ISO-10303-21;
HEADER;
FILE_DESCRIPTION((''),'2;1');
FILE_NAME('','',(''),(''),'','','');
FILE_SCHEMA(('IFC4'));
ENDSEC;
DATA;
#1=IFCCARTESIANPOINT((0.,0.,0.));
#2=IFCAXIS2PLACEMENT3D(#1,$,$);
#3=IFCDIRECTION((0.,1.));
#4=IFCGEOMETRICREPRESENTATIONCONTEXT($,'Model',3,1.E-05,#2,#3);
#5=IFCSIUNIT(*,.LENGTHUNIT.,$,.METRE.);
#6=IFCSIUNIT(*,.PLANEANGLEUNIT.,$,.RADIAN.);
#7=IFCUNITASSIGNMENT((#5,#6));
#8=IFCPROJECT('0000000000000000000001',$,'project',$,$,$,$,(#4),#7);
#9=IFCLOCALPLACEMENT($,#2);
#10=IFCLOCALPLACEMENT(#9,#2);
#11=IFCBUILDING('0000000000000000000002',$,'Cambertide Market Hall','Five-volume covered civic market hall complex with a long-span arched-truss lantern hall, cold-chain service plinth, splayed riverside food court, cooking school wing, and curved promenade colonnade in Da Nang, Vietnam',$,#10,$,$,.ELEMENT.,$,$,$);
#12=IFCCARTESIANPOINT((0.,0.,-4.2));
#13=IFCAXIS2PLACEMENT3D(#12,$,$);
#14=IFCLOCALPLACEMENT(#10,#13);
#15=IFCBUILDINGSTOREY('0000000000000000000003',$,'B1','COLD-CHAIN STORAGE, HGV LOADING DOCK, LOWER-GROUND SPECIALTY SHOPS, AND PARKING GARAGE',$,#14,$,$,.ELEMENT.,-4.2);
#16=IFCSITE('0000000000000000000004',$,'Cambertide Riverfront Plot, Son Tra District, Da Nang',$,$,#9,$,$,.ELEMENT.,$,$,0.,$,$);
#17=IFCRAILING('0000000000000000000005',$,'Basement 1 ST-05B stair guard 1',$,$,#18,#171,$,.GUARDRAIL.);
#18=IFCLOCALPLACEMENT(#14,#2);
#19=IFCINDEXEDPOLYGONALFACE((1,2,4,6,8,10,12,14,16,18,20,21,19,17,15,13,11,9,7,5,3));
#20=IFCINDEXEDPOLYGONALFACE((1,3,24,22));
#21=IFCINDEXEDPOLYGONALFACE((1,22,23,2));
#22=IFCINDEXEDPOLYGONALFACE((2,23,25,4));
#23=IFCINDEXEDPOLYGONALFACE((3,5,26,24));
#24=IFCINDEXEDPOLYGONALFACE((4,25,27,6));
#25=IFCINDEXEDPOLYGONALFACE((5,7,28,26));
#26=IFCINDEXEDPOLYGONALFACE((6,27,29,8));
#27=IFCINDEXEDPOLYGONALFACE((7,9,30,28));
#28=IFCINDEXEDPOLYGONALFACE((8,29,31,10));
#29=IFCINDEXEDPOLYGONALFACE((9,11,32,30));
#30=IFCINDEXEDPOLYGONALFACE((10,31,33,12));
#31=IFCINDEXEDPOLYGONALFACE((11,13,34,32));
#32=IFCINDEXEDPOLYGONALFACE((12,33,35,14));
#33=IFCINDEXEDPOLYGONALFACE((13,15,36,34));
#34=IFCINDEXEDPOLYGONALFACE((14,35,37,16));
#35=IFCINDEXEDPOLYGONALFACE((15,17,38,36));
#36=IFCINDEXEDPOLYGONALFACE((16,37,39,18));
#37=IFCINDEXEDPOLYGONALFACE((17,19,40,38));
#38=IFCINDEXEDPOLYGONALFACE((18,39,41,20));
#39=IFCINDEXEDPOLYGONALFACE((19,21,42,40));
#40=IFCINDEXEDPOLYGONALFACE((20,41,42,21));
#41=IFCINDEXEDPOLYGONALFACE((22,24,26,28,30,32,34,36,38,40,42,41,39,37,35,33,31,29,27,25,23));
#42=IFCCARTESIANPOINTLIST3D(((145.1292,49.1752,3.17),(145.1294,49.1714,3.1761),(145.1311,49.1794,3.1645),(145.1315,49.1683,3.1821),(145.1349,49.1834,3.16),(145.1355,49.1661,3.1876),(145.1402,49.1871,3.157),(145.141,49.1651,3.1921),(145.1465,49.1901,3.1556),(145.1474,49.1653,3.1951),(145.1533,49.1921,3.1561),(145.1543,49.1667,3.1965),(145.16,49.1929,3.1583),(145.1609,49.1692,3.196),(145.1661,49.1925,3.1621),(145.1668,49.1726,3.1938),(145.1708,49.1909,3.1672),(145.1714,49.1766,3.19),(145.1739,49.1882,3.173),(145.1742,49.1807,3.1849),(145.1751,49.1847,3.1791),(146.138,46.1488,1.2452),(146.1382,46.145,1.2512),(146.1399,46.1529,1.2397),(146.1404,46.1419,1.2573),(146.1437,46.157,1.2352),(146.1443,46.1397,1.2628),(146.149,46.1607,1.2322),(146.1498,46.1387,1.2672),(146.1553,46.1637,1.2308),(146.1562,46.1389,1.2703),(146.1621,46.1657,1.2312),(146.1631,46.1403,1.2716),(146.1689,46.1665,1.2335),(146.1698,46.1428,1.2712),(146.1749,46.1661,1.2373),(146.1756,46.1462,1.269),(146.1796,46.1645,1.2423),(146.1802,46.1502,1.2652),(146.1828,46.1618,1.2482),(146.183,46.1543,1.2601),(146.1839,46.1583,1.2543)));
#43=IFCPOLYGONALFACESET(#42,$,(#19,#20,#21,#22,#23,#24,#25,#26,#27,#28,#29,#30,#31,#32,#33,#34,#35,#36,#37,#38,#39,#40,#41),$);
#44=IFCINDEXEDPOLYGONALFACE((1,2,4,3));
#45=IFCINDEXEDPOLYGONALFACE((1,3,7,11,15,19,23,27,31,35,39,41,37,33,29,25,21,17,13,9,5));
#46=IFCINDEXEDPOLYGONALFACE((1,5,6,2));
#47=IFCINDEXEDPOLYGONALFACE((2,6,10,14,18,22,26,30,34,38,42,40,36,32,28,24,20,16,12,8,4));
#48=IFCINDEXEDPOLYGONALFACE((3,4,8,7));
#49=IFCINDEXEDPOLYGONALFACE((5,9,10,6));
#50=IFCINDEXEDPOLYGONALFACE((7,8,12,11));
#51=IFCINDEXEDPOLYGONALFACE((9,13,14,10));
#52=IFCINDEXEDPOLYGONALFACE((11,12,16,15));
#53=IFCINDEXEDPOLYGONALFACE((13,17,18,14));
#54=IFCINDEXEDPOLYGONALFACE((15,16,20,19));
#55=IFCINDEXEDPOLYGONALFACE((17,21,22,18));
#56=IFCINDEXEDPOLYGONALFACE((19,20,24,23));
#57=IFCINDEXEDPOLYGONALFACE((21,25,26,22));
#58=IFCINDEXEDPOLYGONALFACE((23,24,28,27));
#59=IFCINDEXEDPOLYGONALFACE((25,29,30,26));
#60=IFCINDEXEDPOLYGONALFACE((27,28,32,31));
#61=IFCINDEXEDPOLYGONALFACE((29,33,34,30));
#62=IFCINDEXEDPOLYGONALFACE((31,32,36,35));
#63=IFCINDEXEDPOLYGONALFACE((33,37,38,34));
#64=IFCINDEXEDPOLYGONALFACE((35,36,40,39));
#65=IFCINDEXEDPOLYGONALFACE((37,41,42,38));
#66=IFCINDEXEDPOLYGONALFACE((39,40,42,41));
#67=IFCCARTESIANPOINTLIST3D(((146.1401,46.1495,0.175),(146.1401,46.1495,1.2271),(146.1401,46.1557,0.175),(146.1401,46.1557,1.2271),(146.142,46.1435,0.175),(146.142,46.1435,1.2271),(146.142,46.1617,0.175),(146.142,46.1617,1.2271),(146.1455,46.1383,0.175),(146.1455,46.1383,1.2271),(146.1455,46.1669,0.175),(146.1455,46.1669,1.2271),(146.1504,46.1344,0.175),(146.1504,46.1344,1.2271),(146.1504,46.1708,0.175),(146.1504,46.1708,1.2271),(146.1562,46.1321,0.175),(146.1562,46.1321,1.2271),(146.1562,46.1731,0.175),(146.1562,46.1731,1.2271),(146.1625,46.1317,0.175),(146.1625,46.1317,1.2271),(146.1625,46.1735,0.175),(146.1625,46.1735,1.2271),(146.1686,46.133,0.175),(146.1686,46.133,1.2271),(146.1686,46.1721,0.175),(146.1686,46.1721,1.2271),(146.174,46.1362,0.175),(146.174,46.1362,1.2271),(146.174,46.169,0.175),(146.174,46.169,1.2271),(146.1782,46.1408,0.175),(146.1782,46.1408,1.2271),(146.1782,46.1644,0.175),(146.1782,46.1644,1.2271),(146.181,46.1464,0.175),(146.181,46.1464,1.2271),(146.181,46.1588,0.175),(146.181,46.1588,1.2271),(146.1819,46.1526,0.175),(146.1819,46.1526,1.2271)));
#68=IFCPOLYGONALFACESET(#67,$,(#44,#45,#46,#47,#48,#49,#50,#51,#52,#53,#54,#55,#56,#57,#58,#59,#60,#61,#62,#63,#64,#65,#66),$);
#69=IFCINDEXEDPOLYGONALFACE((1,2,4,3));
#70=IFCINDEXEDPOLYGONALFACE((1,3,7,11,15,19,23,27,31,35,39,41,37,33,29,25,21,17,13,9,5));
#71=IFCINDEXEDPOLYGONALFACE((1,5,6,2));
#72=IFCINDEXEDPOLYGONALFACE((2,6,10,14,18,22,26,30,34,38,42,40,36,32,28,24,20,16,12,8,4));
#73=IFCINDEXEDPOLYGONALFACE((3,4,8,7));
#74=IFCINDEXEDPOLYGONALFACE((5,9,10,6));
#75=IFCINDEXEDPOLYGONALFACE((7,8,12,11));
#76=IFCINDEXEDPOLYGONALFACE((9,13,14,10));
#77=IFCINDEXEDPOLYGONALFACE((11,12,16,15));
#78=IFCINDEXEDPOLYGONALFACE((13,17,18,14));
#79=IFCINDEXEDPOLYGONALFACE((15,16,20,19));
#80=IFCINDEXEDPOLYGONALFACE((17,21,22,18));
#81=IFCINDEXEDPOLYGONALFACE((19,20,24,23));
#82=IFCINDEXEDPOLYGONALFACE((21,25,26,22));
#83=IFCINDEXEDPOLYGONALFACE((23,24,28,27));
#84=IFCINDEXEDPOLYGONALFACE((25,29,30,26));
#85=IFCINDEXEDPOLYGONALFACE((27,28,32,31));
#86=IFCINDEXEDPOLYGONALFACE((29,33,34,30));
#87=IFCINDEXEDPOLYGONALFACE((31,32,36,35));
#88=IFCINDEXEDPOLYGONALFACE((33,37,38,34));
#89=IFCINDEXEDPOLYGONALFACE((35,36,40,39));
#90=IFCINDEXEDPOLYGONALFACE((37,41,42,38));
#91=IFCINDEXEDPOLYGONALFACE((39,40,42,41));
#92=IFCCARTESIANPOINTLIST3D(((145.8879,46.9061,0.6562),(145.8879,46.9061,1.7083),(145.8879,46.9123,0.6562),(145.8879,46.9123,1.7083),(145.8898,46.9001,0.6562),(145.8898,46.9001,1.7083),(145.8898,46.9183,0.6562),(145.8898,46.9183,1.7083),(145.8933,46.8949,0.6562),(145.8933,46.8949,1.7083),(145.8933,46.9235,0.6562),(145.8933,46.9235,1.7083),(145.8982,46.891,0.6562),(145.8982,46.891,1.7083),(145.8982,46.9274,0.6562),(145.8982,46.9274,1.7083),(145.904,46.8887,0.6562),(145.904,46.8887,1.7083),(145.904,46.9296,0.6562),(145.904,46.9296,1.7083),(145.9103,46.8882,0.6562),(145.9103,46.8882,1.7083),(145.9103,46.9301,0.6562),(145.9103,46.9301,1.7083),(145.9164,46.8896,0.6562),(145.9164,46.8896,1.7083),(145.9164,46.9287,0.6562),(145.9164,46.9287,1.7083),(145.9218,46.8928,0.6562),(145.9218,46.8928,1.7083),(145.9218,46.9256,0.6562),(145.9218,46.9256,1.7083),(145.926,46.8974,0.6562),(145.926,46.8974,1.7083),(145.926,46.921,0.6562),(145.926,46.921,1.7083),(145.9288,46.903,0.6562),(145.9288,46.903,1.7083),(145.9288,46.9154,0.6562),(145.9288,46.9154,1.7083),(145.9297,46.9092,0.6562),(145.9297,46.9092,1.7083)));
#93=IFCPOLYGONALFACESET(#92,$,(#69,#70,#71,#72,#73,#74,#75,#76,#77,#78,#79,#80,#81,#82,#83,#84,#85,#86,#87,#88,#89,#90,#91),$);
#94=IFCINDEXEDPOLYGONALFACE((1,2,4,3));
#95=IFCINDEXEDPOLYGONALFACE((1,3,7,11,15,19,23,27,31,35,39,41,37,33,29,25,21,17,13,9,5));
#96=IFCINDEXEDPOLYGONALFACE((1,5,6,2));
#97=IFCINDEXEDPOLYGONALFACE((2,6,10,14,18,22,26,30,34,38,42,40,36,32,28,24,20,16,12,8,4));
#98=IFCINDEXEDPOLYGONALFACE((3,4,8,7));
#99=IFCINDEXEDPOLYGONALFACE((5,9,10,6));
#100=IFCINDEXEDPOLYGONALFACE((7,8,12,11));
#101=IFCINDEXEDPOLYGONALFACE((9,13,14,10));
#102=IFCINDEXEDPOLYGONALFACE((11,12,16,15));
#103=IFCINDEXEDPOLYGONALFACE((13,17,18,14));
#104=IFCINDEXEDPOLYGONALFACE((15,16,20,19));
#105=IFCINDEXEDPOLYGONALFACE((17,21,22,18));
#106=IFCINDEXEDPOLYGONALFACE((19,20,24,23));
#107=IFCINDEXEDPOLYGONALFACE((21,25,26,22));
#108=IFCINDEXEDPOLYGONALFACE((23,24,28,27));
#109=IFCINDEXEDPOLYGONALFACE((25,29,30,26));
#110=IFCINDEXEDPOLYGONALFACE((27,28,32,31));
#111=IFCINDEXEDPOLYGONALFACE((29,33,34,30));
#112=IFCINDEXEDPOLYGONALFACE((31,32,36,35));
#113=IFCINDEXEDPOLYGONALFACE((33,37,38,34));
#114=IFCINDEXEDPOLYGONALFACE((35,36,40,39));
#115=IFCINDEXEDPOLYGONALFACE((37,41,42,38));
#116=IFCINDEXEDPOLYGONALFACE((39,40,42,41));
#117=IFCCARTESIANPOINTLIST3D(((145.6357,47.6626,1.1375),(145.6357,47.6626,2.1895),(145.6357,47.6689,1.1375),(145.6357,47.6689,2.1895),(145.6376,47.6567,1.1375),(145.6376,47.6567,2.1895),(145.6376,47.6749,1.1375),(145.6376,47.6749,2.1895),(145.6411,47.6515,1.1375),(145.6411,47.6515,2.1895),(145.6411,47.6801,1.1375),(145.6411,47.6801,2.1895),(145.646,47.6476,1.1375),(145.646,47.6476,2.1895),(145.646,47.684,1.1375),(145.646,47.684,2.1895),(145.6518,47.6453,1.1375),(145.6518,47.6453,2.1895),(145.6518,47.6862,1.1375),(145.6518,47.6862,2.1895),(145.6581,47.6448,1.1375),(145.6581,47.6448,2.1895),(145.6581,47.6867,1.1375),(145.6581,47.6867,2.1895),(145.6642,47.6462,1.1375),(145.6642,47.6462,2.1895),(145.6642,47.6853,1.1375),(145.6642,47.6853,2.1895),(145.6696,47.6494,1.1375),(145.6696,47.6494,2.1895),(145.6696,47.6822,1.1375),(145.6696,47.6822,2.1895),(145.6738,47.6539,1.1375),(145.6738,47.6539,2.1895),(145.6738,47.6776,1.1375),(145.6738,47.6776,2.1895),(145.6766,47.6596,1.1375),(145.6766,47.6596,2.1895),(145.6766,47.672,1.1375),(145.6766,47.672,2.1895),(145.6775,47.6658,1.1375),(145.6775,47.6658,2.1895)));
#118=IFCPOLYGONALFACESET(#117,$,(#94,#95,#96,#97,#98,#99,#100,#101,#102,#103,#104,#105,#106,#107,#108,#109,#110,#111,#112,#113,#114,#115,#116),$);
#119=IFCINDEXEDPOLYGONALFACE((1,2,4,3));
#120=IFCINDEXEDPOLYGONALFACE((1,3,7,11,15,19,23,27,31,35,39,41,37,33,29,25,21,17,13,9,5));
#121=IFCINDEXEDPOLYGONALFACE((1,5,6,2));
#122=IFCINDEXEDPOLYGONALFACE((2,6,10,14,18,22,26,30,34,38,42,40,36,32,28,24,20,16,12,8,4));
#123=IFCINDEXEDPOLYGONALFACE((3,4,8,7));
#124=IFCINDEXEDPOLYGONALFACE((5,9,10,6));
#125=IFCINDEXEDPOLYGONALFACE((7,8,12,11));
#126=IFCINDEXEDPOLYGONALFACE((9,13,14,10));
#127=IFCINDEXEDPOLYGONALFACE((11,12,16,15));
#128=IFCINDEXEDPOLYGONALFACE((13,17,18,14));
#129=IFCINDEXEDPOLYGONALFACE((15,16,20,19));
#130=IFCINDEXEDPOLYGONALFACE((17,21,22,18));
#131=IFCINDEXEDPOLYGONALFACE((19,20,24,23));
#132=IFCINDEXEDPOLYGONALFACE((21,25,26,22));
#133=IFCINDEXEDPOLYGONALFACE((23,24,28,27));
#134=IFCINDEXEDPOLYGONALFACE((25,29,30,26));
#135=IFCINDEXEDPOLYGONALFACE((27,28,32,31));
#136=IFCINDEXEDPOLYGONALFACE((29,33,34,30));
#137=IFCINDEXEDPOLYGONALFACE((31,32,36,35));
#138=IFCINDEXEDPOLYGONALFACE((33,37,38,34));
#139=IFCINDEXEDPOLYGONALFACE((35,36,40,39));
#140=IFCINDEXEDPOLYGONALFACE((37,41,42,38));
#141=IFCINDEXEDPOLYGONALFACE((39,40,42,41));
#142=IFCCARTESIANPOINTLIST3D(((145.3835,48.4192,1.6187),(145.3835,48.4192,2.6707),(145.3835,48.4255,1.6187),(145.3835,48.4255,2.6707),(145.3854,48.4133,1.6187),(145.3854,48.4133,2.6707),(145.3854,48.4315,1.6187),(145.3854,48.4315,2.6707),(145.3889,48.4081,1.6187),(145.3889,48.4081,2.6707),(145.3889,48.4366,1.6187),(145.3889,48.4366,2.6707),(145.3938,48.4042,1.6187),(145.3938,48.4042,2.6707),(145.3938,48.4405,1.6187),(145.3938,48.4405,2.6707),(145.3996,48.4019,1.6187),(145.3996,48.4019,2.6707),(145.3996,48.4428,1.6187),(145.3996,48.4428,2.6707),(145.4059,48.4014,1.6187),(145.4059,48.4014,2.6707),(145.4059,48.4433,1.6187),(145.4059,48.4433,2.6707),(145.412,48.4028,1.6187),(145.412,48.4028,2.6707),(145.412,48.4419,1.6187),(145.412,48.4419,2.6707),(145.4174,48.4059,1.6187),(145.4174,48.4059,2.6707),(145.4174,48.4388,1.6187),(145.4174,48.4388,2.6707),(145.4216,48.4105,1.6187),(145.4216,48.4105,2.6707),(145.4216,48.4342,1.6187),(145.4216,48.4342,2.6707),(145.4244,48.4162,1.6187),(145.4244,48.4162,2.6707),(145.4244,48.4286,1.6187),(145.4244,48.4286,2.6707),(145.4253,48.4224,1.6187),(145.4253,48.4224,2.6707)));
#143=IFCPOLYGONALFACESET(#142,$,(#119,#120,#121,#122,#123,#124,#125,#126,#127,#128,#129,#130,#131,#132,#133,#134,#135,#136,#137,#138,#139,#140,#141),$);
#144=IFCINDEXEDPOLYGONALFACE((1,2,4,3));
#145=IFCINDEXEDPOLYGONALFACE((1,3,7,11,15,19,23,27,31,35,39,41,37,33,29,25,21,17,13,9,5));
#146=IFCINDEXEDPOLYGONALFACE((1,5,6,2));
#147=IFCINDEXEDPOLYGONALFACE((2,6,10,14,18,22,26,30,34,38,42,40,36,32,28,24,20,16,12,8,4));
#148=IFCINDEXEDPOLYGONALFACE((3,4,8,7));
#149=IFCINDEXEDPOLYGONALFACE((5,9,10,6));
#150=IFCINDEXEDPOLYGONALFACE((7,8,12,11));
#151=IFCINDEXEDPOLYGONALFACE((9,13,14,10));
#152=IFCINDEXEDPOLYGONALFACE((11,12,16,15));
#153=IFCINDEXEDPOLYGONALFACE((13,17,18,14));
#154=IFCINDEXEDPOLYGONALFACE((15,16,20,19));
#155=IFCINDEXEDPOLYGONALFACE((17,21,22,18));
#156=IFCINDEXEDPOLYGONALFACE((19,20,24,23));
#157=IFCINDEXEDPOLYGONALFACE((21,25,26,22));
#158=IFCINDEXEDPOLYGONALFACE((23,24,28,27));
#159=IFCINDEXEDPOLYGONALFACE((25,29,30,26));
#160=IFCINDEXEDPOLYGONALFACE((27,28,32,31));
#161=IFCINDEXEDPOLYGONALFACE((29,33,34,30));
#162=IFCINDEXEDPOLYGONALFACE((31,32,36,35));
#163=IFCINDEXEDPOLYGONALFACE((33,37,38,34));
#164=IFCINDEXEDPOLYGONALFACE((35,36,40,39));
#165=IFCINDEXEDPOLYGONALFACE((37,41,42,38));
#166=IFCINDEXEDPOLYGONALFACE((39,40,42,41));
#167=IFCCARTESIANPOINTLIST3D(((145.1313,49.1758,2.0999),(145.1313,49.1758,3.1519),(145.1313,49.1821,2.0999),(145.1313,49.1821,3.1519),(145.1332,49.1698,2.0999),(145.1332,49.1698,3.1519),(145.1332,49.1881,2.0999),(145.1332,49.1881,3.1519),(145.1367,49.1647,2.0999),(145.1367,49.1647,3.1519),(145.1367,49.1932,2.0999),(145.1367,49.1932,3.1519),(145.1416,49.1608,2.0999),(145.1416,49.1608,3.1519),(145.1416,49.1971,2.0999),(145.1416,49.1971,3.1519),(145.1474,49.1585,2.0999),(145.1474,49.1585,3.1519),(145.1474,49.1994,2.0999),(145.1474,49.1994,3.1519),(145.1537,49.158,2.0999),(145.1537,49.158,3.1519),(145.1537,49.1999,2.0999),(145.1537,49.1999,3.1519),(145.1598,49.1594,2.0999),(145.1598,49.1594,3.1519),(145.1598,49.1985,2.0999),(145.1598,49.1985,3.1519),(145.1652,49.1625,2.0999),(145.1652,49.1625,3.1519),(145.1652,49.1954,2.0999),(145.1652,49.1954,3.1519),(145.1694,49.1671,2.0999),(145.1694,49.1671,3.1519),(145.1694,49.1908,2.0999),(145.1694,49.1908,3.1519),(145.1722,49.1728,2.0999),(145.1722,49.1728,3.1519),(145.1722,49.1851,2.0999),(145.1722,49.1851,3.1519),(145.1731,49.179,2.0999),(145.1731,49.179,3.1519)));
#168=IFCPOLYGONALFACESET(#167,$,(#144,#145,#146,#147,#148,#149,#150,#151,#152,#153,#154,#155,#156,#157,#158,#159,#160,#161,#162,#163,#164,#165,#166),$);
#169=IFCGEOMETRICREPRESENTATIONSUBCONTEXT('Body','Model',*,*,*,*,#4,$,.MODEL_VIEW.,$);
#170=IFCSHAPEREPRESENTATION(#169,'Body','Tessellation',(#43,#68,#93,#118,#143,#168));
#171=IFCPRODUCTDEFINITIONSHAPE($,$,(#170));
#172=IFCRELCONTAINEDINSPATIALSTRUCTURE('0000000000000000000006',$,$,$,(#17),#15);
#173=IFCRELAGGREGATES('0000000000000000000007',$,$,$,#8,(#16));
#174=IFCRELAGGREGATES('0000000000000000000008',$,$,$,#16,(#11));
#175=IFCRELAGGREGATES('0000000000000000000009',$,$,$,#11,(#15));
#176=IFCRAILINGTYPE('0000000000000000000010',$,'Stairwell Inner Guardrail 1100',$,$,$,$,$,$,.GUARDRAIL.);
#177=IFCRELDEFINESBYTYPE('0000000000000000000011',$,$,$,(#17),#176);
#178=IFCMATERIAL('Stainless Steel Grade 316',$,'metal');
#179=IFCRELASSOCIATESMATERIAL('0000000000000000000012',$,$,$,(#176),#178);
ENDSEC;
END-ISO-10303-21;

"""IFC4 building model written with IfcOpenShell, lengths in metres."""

from ifc_helpers import new_model, si_unit, direction, frame, origin, origin_2d, place, context, subcontext, project, spatial, circle, extrude, material, type_object, element, save


model = new_model("IFC4")

# Units and contexts
model_context = context("Model", 3, precision=1e-05, world=origin(), true_north=direction((0.0, 1.0)))
body_context = subcontext(model_context, "Body", "Model", "MODEL_VIEW")
ifc_project = project(units=[si_unit("LENGTHUNIT", "METRE"), si_unit("PLANEANGLEUNIT", "RADIAN")], contexts=[model_context])

# Site, building, storey
site_placement = place(None, origin())
site = spatial("IfcSite", under=ifc_project, at=site_placement, Name="Cambertide Riverfront Plot, Son Tra District, Da Nang", CompositionType="ELEMENT", RefElevation=0.0)
building_placement = place(site_placement, origin())
building = spatial("IfcBuilding", under=site, at=building_placement, Name="Cambertide Market Hall", Description="Five-volume covered civic market hall complex with a long-span arched-truss lantern hall, cold-chain service plinth, splayed riverside food court, cooking school wing, and curved promenade colonnade in Da Nang, Vietnam", CompositionType="ELEMENT")
storey_placement = place(building_placement, frame((0.0, 0.0, -4.2)))
storey = spatial("IfcBuildingStorey", under=building, at=storey_placement, Name="B1", Description="COLD-CHAIN STORAGE, HGV LOADING DOCK, LOWER-GROUND SPECIALTY SHOPS, AND PARKING GARAGE", CompositionType="ELEMENT", Elevation=-4.2)

# Railing
ifc_material_1 = material(Name="Stainless Steel Grade 316", Category="metal")
railing_type_1 = type_object("IfcRailingType", Name="Stairwell Inner Guardrail 1100", PredefinedType="GUARDRAIL", material=ifc_material_1)
railing_1_placement = place(storey_placement, frame((146.1609, 46.1526, 0.175)))
element("IfcRailing", 1, at=railing_1_placement, inside=storey, type_object=railing_type_1, Name="Basement 1 ST-05B stair guard 1", PredefinedType="GUARDRAIL", context=body_context, shape_type="SweptSolid", body=[
    extrude(circle(Radius=0.0239, at=origin_2d()), frame((0.0, 0.0, 1.0762), z_axis=(-0.270759, 0.812278, 0.516618), x_axis=(-0.948683, -0.316228, 0.0)), (0.0, 0.0, 1.0), 3.7258),
    extrude(circle(Radius=0.021, at=origin_2d()), origin(), (0.0, 0.0, 1.0), 1.052),
    extrude(circle(Radius=0.021, at=origin_2d()), frame((-0.2522, 0.7566, 0.4812)), (0.0, 0.0, 1.0), 1.052),
    extrude(circle(Radius=0.021, at=origin_2d()), frame((-0.5044, 1.5132, 0.9624)), (0.0, 0.0, 1.0), 1.052),
    extrude(circle(Radius=0.021, at=origin_2d()), frame((-0.7566, 2.2698, 1.4436)), (0.0, 0.0, 1.0), 1.052),
    extrude(circle(Radius=0.021, at=origin_2d()), frame((-1.0088, 3.0264, 1.9248)), (0.0, 0.0, 1.0), 1.052),
])

save(model, "model.ifc")
